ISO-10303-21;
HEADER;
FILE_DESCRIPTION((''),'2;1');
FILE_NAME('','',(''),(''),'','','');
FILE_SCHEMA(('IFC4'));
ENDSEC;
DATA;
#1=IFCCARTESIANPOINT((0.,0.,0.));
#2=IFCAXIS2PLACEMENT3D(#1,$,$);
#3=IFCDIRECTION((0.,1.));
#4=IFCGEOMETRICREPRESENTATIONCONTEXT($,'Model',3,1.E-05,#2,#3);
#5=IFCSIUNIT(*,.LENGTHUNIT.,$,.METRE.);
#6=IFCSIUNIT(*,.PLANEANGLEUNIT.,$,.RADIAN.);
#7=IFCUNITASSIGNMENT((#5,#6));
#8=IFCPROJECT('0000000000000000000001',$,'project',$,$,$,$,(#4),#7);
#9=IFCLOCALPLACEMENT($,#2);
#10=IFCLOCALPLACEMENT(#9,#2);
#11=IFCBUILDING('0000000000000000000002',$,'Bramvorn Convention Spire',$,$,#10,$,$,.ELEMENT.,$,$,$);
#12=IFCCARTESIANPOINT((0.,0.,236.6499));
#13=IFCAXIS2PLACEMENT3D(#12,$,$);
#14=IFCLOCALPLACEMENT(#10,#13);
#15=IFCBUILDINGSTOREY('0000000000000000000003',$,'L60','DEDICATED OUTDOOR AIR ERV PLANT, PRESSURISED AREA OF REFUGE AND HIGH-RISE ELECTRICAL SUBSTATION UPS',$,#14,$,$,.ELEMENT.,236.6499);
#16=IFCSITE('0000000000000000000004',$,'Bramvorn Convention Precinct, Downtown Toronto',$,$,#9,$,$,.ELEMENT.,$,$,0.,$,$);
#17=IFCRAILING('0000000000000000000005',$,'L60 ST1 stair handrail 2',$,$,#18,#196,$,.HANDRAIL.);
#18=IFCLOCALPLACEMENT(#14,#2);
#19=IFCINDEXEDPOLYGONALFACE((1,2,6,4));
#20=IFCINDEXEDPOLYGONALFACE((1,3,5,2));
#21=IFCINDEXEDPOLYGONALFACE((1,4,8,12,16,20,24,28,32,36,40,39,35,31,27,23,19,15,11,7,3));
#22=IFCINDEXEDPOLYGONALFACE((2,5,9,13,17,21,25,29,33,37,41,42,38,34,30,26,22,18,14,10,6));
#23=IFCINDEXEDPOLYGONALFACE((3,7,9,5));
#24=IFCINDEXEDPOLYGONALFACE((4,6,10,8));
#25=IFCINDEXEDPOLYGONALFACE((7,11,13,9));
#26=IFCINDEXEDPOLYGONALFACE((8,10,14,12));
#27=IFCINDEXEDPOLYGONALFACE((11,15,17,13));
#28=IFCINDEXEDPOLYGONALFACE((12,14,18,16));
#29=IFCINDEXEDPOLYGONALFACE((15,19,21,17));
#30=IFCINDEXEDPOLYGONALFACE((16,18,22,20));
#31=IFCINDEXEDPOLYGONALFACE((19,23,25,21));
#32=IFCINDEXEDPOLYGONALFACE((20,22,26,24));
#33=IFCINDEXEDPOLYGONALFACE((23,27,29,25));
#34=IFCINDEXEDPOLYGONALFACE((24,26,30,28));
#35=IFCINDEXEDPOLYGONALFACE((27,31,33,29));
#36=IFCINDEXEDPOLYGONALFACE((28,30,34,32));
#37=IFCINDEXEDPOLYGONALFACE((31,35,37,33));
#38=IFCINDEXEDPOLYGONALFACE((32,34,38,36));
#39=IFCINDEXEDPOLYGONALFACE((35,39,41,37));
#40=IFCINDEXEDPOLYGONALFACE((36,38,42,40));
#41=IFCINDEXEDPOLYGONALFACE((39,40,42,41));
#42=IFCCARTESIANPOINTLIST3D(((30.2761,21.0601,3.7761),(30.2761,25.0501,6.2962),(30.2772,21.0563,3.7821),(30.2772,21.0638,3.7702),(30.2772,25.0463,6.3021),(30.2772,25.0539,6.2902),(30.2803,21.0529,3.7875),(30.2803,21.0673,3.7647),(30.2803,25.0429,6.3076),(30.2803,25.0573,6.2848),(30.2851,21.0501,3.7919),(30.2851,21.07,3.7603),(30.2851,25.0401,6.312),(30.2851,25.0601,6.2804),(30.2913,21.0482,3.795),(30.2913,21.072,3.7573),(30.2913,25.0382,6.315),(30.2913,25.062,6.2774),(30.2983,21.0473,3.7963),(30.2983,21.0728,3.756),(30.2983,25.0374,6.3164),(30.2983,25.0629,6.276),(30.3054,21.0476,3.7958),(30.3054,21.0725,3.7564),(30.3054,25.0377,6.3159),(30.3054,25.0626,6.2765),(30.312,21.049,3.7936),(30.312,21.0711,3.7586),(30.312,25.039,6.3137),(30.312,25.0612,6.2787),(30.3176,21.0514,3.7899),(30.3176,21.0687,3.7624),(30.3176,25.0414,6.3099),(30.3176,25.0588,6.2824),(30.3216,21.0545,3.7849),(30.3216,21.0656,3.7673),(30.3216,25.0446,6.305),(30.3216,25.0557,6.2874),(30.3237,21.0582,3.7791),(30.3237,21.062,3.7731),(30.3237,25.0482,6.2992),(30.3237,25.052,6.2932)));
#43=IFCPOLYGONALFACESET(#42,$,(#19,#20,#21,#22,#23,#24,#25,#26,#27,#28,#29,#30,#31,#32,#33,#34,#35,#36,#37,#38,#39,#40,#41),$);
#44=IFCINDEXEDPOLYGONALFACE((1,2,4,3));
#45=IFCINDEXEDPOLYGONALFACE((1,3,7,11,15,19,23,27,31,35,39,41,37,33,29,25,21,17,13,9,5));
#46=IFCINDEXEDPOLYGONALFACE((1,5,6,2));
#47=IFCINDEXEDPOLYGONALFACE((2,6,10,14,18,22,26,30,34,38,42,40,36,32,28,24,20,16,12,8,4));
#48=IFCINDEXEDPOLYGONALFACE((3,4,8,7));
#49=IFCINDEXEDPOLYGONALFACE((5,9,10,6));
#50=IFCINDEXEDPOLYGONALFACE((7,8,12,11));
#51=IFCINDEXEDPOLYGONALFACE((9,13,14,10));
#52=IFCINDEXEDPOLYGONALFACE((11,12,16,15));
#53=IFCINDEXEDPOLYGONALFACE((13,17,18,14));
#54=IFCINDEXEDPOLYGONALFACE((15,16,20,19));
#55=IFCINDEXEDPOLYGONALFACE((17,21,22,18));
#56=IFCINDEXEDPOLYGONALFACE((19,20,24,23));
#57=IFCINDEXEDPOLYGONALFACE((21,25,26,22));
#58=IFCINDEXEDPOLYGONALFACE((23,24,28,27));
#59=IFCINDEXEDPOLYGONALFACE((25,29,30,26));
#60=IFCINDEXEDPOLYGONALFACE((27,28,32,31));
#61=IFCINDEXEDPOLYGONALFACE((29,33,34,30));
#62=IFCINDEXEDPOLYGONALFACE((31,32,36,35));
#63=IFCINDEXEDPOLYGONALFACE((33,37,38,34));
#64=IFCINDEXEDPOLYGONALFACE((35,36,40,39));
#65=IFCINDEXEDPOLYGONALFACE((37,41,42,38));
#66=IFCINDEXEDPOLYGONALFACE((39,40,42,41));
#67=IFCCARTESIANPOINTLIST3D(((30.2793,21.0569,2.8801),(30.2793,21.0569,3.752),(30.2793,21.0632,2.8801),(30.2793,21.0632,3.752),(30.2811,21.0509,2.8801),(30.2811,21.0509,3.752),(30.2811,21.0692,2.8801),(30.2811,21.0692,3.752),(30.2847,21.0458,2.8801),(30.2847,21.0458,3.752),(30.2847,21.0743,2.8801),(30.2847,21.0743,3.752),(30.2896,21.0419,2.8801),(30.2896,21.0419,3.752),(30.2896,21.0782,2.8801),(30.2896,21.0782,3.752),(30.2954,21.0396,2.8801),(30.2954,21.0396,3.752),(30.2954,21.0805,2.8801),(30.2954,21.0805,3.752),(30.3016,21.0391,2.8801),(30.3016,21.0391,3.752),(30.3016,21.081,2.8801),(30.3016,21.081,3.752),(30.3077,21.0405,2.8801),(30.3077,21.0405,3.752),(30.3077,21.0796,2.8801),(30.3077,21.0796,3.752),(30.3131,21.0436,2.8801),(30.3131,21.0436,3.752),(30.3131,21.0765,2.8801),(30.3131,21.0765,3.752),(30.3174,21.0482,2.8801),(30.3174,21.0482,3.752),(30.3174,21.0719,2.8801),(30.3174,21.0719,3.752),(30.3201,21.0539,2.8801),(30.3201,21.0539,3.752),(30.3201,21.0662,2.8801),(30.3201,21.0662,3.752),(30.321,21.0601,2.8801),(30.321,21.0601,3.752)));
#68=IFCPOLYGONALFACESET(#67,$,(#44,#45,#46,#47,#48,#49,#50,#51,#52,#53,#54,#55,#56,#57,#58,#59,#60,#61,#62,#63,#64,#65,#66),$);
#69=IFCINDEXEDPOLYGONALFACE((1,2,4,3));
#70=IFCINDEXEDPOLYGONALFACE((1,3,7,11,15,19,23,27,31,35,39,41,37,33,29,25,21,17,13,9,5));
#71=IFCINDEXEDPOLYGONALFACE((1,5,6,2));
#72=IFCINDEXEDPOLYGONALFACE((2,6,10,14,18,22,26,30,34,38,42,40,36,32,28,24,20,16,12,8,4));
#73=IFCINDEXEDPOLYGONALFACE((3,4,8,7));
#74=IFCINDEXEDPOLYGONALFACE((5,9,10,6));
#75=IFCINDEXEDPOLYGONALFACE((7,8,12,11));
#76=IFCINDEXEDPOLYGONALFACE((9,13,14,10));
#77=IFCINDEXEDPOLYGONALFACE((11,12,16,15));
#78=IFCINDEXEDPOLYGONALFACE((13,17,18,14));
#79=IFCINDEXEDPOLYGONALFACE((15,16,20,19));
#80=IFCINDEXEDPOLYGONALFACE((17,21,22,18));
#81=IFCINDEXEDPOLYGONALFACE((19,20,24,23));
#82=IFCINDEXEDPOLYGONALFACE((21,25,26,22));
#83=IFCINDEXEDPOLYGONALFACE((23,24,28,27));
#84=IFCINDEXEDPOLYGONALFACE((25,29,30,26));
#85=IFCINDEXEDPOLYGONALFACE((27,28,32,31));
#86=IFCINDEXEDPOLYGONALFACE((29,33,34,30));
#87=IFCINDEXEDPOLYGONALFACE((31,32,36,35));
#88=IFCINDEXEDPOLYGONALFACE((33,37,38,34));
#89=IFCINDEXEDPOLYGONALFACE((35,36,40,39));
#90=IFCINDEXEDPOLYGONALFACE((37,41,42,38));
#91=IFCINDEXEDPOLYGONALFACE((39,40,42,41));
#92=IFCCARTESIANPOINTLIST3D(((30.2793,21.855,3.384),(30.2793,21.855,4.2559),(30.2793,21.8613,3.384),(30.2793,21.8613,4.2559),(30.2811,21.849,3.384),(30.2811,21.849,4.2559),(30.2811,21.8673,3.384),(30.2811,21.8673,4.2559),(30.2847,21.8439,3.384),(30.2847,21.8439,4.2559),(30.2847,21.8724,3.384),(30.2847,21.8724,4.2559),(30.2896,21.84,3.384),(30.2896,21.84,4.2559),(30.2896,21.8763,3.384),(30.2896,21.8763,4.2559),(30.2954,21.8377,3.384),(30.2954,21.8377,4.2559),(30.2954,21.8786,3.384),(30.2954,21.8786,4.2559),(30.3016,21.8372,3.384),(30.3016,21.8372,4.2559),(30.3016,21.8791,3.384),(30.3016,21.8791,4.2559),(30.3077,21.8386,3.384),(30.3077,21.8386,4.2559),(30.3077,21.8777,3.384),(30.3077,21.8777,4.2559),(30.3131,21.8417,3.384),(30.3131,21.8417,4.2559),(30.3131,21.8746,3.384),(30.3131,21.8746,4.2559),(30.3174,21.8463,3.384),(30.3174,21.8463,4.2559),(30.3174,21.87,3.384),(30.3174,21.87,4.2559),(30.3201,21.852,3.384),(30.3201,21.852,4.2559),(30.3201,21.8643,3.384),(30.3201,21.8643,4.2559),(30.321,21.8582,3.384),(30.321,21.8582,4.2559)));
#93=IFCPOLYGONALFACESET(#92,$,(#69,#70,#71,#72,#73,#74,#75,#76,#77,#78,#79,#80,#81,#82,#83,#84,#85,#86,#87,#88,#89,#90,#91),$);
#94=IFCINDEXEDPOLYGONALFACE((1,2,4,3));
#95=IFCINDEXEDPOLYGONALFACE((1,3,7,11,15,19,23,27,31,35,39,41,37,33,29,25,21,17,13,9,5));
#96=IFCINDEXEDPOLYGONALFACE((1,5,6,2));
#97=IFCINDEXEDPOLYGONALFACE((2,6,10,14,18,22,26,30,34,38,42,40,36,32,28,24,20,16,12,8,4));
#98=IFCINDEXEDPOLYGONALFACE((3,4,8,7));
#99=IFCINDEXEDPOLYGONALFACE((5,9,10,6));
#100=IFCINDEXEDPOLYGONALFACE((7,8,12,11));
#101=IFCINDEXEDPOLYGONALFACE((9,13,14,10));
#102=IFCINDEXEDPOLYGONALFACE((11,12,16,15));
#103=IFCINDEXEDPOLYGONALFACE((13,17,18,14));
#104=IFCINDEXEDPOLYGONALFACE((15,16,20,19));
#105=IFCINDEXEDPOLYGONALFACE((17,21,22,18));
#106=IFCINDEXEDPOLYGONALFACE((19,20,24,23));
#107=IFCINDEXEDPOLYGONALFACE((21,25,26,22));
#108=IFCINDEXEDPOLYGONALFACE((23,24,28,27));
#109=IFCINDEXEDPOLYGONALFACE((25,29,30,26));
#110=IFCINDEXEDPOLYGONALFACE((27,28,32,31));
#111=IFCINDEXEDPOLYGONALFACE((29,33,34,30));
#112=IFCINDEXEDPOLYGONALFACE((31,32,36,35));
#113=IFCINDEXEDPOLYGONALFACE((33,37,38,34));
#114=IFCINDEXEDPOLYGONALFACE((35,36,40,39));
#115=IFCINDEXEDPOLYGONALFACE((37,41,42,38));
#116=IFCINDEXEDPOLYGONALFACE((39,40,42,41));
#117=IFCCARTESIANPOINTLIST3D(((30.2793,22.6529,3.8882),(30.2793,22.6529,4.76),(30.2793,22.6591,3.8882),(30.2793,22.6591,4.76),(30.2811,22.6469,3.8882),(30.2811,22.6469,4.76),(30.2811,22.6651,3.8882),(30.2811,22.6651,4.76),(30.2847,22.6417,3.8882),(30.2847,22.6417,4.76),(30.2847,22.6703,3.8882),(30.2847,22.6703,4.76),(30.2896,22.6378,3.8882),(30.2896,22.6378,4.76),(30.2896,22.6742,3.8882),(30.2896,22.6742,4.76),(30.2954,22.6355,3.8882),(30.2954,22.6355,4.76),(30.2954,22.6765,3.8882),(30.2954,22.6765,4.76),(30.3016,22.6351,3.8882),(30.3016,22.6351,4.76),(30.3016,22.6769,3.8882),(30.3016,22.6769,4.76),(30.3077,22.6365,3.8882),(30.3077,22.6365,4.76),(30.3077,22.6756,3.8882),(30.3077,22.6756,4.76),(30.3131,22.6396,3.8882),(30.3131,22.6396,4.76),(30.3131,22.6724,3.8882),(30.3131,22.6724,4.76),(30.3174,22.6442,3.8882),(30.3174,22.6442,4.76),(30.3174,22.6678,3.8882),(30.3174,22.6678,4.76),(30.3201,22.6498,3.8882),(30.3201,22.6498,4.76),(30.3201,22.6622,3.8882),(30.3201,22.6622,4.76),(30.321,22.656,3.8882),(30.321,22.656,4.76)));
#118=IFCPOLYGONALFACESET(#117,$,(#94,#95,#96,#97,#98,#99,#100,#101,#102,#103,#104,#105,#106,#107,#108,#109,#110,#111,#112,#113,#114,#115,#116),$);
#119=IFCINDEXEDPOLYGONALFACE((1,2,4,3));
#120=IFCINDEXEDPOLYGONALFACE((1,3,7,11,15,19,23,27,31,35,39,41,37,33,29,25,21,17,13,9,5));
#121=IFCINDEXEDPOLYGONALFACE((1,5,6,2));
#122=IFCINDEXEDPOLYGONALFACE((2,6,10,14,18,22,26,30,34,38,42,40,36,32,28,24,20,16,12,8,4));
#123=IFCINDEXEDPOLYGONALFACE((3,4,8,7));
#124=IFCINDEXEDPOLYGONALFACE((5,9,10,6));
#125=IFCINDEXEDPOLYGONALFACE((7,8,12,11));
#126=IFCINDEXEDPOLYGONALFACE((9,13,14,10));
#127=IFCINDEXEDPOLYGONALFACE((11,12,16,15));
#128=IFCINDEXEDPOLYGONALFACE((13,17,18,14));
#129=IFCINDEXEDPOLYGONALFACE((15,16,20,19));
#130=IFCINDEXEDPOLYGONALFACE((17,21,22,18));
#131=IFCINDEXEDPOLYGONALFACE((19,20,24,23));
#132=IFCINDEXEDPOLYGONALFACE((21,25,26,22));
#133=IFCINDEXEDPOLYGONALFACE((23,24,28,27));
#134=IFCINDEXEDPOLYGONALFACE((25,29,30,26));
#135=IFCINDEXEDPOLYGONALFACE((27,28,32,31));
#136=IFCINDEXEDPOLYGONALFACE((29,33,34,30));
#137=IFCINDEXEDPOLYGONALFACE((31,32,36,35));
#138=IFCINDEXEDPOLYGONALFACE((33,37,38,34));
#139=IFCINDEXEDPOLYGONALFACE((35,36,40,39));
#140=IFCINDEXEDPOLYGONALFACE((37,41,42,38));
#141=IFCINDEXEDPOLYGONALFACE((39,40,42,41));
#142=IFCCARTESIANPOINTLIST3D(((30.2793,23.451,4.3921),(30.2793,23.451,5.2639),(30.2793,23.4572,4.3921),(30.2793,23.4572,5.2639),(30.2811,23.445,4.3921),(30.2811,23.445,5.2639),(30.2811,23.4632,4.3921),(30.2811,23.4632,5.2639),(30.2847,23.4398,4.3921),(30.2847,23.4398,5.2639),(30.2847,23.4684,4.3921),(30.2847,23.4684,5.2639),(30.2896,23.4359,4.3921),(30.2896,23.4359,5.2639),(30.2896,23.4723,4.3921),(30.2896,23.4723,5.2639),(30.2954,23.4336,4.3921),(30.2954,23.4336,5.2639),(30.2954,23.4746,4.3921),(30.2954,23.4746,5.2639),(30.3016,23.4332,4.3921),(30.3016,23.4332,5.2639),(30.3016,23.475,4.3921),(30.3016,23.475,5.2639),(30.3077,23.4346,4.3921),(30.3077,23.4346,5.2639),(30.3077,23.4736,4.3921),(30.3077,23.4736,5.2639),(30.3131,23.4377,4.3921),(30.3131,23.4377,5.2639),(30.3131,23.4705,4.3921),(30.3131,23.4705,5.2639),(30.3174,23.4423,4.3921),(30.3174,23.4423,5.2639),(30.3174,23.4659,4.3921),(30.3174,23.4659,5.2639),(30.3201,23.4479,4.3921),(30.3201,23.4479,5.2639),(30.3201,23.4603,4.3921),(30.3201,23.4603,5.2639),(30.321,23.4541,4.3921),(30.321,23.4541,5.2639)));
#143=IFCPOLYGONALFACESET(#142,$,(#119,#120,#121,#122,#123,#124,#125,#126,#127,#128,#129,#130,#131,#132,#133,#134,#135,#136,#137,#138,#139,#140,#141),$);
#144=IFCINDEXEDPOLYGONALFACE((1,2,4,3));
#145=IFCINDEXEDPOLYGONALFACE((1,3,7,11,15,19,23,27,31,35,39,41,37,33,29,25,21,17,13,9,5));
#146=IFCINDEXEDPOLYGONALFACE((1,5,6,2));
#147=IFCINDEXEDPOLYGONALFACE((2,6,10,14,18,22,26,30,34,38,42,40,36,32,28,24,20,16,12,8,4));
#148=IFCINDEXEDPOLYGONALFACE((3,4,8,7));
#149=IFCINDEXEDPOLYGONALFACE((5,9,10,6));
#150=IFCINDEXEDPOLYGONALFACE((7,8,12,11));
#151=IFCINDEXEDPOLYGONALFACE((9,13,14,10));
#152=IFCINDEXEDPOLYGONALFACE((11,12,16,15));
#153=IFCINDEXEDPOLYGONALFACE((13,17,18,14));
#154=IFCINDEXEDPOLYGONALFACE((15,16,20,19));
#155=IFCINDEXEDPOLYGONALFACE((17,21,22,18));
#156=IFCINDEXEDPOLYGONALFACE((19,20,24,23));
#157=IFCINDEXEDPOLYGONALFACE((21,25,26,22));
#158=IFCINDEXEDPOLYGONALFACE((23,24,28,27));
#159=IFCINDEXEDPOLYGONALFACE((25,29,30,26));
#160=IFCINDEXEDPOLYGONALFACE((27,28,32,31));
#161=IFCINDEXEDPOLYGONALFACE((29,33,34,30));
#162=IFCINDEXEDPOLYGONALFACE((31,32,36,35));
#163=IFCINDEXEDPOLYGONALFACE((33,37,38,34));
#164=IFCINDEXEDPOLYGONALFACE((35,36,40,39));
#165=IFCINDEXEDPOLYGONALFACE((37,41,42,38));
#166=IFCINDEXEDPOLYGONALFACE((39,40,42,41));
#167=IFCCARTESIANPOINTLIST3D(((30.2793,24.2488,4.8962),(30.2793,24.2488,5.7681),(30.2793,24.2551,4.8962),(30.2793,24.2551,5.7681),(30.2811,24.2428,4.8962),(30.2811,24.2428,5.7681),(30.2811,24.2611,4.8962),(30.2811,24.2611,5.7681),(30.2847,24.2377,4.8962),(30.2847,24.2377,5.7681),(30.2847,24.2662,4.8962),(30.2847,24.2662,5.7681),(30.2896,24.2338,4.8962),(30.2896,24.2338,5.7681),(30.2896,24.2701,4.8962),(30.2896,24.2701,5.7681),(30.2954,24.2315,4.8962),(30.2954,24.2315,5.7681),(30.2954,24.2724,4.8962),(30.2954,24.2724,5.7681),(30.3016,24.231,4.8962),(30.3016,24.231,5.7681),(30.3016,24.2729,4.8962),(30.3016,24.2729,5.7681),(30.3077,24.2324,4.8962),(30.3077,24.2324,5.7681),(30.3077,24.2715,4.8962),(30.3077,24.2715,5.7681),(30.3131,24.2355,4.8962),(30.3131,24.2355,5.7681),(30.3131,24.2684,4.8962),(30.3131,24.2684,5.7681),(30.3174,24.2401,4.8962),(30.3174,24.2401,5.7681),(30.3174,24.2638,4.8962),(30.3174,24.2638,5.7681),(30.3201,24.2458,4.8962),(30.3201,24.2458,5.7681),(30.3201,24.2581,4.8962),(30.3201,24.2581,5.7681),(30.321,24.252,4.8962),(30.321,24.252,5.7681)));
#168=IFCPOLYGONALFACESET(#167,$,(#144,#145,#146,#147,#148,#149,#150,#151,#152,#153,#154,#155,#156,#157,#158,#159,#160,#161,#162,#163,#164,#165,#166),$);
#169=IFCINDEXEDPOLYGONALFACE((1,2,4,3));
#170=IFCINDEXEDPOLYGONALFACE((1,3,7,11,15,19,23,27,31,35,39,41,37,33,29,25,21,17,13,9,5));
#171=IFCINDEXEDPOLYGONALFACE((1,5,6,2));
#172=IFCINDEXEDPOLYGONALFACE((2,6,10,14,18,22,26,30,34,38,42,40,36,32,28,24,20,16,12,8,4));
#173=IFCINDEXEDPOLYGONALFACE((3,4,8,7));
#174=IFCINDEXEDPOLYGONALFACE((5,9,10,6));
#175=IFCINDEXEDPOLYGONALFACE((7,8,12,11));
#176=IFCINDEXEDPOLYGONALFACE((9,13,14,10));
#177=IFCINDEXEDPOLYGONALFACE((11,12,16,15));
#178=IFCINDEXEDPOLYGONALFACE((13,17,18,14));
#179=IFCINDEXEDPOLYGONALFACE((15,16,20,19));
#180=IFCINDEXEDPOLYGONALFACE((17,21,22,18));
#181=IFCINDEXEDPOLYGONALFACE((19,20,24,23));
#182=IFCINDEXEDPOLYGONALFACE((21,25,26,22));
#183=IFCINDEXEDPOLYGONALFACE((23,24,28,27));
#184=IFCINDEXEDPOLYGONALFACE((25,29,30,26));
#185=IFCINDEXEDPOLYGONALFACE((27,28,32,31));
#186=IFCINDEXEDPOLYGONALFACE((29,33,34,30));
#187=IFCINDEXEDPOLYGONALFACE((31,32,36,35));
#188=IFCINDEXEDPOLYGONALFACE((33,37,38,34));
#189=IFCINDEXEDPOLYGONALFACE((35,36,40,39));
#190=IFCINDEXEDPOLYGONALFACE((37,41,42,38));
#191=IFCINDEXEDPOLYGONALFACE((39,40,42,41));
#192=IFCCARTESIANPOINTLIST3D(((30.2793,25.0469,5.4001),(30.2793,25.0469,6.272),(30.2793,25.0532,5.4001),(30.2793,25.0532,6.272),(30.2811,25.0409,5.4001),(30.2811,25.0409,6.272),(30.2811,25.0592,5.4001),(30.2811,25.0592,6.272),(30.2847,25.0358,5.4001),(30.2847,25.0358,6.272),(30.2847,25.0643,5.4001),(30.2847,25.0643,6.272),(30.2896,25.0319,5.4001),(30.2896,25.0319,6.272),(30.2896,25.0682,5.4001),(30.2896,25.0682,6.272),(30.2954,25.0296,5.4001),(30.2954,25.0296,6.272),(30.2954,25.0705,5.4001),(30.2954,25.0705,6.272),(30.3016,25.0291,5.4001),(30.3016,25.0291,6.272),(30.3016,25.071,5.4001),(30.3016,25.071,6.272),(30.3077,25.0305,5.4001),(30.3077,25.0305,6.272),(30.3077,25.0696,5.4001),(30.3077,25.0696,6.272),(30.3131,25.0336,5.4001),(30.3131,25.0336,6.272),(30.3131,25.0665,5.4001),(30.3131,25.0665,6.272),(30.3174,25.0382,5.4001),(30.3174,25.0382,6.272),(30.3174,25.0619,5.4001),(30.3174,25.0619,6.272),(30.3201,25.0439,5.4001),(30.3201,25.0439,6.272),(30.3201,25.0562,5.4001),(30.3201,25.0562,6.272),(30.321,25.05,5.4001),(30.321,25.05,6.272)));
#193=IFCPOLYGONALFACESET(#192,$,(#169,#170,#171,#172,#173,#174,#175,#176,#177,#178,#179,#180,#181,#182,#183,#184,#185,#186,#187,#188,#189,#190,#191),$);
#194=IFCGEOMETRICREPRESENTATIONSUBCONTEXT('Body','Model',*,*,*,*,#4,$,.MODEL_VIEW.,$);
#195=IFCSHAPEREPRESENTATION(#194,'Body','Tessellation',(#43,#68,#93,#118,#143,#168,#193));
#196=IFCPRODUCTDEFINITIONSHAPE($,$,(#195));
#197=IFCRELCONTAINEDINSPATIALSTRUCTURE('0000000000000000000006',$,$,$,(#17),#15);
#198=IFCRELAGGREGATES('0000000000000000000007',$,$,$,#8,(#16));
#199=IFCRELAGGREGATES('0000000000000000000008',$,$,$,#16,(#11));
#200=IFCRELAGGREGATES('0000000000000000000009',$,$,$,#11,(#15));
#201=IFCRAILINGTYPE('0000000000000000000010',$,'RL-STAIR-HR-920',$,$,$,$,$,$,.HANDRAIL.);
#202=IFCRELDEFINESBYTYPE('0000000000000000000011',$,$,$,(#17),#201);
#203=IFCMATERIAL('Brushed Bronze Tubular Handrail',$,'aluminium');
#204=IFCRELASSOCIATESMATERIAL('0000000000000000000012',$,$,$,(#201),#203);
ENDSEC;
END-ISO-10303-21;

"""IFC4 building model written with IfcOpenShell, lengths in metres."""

from ifc_helpers import new_model, si_unit, direction, frame, origin, origin_2d, place, context, subcontext, project, spatial, circle, extrude, material, type_object, element, save


model = new_model("IFC4")

# Units and contexts
model_context = context("Model", 3, precision=1e-05, world=origin(), true_north=direction((0.0, 1.0)))
body_context = subcontext(model_context, "Body", "Model", "MODEL_VIEW")
ifc_project = project(units=[si_unit("LENGTHUNIT", "METRE"), si_unit("PLANEANGLEUNIT", "RADIAN")], contexts=[model_context])

# Site, building, storey
site_placement = place(None, origin())
site = spatial("IfcSite", under=ifc_project, at=site_placement, Name="Bramvorn Convention Precinct, Downtown Toronto", CompositionType="ELEMENT", RefElevation=0.0)
building_placement = place(site_placement, origin())
building = spatial("IfcBuilding", under=site, at=building_placement, Name="Bramvorn Convention Spire", CompositionType="ELEMENT")
storey_placement = place(building_placement, frame((0.0, 0.0, 236.6499)))
storey = spatial("IfcBuildingStorey", under=building, at=storey_placement, Name="L60", Description="DEDICATED OUTDOOR AIR ERV PLANT, PRESSURISED AREA OF REFUGE AND HIGH-RISE ELECTRICAL SUBSTATION UPS", CompositionType="ELEMENT", Elevation=236.6499)

# Railing
ifc_material_1 = material(Name="Brushed Bronze Tubular Handrail", Category="aluminium")
railing_type_1 = type_object("IfcRailingType", Name="RL-STAIR-HR-920", PredefinedType="HANDRAIL", material=ifc_material_1)
railing_1_placement = place(storey_placement, frame((30.3, 21.0601, 2.8801)))
element("IfcRailing", 1, at=railing_1_placement, inside=storey, type_object=railing_type_1, Name="L60 ST1 stair handrail 2", PredefinedType="HANDRAIL", context=body_context, shape_type="SweptSolid", body=[
    extrude(circle(Radius=0.0239, at=origin_2d()), frame((0.0, 0.0, 0.896), z_axis=(0.0, 0.845486, 0.533997), x_axis=(-1.0, 0.0, 0.0)), (0.0, 0.0, 1.0), 4.7192),
    extrude(circle(Radius=0.021, at=origin_2d()), origin(), (0.0, 0.0, 1.0), 0.8718),
    extrude(circle(Radius=0.021, at=origin_2d()), frame((0.0, 0.7981, 0.5039)), (0.0, 0.0, 1.0), 0.8718),
    extrude(circle(Radius=0.021, at=origin_2d()), frame((0.0, 1.5959, 1.0081)), (0.0, 0.0, 1.0), 0.8718),
    extrude(circle(Radius=0.021, at=origin_2d()), frame((0.0, 2.394, 1.512)), (0.0, 0.0, 1.0), 0.8718),
    extrude(circle(Radius=0.021, at=origin_2d()), frame((0.0, 3.1919, 2.0161)), (0.0, 0.0, 1.0), 0.8718),
    extrude(circle(Radius=0.021, at=origin_2d()), frame((0.0, 3.99, 2.52)), (0.0, 0.0, 1.0), 0.8718),
])

save(model, "model.ifc")
